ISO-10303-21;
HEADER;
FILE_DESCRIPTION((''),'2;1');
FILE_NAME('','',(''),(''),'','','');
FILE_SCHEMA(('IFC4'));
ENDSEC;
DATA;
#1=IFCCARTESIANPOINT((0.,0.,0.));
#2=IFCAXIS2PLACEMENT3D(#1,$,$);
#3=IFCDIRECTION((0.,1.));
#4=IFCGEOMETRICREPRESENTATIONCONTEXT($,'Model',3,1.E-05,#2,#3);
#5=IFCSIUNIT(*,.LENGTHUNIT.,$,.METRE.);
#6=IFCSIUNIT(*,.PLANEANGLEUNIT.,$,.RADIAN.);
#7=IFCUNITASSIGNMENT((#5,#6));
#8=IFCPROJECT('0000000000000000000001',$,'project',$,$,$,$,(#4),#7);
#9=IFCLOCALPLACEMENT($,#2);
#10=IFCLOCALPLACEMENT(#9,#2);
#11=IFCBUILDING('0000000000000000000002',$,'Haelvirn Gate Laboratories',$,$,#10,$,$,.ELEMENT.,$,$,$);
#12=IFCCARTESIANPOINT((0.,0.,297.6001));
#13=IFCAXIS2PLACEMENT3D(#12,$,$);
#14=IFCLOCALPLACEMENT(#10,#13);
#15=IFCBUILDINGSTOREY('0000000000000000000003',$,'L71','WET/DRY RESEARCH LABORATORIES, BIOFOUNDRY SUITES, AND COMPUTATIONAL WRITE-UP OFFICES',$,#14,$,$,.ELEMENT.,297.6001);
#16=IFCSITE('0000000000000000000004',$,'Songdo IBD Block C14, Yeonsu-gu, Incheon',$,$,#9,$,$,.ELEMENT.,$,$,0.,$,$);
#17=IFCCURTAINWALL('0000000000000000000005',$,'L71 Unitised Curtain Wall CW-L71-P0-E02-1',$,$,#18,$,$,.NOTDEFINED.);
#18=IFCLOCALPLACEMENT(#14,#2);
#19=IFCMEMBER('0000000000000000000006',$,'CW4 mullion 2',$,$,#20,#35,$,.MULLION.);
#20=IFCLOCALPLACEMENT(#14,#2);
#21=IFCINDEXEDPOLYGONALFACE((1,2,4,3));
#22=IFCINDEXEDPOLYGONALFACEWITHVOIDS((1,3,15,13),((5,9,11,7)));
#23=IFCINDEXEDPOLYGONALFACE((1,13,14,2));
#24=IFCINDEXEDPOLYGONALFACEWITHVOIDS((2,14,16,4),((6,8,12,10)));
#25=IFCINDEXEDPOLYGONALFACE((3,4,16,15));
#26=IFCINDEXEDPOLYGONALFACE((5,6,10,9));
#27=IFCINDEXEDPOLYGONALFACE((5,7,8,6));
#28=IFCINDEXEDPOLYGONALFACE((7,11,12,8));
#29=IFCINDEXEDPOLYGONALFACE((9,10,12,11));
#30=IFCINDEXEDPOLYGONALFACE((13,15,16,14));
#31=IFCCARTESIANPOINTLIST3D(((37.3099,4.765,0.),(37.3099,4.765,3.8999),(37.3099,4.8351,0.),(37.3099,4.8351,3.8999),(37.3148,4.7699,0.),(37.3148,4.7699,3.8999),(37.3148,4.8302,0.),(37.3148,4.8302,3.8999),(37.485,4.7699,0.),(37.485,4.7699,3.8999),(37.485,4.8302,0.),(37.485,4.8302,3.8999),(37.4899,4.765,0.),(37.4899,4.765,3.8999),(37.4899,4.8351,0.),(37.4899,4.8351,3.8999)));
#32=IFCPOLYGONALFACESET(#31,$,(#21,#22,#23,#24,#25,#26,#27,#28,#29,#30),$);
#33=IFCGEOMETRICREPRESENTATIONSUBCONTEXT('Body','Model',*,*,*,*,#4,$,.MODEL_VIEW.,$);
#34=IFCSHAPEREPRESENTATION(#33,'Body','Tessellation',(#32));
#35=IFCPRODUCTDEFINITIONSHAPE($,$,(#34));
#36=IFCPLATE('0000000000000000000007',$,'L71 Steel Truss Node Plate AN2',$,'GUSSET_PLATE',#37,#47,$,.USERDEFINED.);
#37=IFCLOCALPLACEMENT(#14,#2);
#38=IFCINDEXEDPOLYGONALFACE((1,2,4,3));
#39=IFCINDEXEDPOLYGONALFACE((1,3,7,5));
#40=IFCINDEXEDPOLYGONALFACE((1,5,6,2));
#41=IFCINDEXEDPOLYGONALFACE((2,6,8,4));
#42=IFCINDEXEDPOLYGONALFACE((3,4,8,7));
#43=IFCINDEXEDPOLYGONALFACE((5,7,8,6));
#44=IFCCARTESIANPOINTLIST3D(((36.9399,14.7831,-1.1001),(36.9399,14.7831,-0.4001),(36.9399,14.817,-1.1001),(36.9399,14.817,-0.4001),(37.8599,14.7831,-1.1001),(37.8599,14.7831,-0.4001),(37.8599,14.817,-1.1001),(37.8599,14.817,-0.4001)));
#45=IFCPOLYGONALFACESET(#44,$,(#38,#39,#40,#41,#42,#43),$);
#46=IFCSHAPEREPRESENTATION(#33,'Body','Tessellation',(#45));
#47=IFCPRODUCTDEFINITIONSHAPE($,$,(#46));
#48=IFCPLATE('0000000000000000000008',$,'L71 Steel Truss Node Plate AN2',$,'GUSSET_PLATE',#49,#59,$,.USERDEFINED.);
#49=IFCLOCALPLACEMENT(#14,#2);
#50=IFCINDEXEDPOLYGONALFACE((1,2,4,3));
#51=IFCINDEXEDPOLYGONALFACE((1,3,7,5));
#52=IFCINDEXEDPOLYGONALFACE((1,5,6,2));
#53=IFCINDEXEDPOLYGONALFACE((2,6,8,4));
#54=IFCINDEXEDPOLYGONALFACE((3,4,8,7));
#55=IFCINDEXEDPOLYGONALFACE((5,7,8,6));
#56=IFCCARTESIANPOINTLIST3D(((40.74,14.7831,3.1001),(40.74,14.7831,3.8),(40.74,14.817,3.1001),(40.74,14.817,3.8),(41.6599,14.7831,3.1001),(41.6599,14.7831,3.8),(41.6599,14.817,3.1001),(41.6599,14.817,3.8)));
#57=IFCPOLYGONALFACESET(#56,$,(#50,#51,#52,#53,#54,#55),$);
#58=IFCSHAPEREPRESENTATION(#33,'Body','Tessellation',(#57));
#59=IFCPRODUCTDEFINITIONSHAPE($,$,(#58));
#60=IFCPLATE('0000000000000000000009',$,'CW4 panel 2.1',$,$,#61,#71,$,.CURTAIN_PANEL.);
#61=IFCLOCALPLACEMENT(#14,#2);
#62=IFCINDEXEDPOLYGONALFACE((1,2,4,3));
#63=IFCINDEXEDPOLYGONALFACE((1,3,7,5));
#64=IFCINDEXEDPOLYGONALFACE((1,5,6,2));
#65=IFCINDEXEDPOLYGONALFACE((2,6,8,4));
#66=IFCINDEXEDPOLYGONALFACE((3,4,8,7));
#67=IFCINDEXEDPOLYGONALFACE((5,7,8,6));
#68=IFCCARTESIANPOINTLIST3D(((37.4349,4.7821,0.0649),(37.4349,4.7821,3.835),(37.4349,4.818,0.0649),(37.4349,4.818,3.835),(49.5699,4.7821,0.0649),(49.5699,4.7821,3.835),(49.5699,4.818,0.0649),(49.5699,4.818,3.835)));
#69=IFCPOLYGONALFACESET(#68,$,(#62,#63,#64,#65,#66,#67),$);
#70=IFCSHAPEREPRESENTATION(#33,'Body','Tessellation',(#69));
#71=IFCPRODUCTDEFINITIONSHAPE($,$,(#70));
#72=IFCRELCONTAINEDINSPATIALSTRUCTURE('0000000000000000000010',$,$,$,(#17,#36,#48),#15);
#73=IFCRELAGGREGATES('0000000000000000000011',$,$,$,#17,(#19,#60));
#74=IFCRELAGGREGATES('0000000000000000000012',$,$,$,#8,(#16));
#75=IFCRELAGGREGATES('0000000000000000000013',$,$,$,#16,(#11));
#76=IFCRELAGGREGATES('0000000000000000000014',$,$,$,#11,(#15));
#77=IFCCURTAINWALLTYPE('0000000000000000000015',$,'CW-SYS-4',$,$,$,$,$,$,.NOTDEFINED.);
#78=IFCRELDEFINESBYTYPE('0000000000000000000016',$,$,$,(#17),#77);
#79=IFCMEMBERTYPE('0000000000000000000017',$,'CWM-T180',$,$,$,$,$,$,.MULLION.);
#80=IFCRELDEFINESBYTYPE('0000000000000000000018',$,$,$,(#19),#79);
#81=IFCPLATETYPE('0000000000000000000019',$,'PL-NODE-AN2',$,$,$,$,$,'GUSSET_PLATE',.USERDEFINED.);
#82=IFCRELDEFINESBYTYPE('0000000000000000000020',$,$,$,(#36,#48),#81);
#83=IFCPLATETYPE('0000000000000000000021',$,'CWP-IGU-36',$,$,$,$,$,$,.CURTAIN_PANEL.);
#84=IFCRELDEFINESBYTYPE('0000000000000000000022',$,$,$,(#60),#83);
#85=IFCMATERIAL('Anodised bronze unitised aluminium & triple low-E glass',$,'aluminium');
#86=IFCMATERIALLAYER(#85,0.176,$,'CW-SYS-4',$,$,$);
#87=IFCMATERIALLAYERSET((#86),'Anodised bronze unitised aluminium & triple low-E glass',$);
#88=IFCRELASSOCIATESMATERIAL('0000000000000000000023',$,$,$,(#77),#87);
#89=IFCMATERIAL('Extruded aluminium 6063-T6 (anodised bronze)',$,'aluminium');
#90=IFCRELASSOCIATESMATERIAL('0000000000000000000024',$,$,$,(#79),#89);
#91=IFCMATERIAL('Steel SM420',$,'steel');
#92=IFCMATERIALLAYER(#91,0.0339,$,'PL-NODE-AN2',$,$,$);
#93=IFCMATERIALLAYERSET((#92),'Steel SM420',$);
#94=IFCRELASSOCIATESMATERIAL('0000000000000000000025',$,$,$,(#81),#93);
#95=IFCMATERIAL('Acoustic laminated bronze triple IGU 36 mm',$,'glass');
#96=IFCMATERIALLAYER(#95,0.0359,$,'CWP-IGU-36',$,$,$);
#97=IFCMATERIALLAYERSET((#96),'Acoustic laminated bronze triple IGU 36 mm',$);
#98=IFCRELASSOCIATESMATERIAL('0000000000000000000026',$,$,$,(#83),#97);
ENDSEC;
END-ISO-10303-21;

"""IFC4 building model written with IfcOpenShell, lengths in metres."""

from ifc_helpers import new_model, si_unit, direction, frame, origin, origin_2d, place, context, subcontext, project, spatial, rectangle, hollow_rectangle, extrude, source, transform, mapped, material, layer, layer_set, material_profile, profile_set, type_object, type_shapes, element, aggregate, save


model = new_model("IFC4")

# Units and contexts
model_context = context("Model", 3, precision=1e-05, world=origin(), true_north=direction((0.0, 1.0)))
body_context = subcontext(model_context, "Body", "Model", "MODEL_VIEW")
ifc_project = project(units=[si_unit("LENGTHUNIT", "METRE"), si_unit("PLANEANGLEUNIT", "RADIAN")], contexts=[model_context])

# Site, building, storey
site_placement = place(None, origin())
site = spatial("IfcSite", under=ifc_project, at=site_placement, Name="Songdo IBD Block C14, Yeonsu-gu, Incheon", CompositionType="ELEMENT", RefElevation=0.0)
building_placement = place(site_placement, origin())
building = spatial("IfcBuilding", under=site, at=building_placement, Name="Haelvirn Gate Laboratories", CompositionType="ELEMENT")
storey_placement = place(building_placement, frame((0.0, 0.0, 297.6001)))
storey = spatial("IfcBuildingStorey", under=building, at=storey_placement, Name="L71", Description="WET/DRY RESEARCH LABORATORIES, BIOFOUNDRY SUITES, AND COMPUTATIONAL WRITE-UP OFFICES", CompositionType="ELEMENT", Elevation=297.6001)

# Shared definitions
ifc_material_1 = material(Name="Steel SM420", Category="steel")

# Curtain wall, member
ifc_material_2 = material(Name="Anodised bronze unitised aluminium & triple low-E glass", Category="aluminium")
ifc_layer_1 = layer(ifc_material_2, 0.176, Name="CW-SYS-4")
ifc_layer_set_1 = layer_set([ifc_layer_1], Name="Anodised bronze unitised aluminium & triple low-E glass")
curtain_wall_type = type_object("IfcCurtainWallType", Name="CW-SYS-4", PredefinedType="NOTDEFINED", material=ifc_layer_set_1)
curtain_wall_placement = place(storey_placement, origin())
curtain_wall = element("IfcCurtainWall", 1, at=curtain_wall_placement, inside=storey, type_object=curtain_wall_type, Name="L71 Unitised Curtain Wall CW-L71-P0-E02-1", PredefinedType="NOTDEFINED")
ifc_material_3 = material(Name="Extruded aluminium 6063-T6 (anodised bronze)", Category="aluminium")
ifc_material_profile_1 = material_profile(ifc_material_3, hollow_rectangle(XDim=0.0701, YDim=0.1799, WallThickness=0.0049, at=origin_2d()), Name="CWM-180x70x5")
ifc_profile_set_1 = profile_set([ifc_material_profile_1], Name="Extruded aluminium 6063-T6 (anodised bronze)")
member_type_1 = type_object("IfcMemberType", Name="CWM-T180", PredefinedType="MULLION", material=ifc_profile_set_1)
shared_shape_1 = source(origin(), body_context, "Body", "SweptSolid", [
    extrude(hollow_rectangle(XDim=0.0701, YDim=0.1799, WallThickness=0.0049, at=origin_2d()), origin(), (0.0, 0.0, 1.0), 3.8999),
])
type_shapes(member_type_1, [shared_shape_1])
member_1_placement = place(storey_placement, frame((37.3999, 4.8, 0.0), z_axis=(0.0, 0.0, 1.0), x_axis=(0.0, 1.0, 0.0)))
member_1 = element("IfcMember", 2, at=member_1_placement, type_object=member_type_1, Name="CW4 mullion 2", PredefinedType="MULLION", context=body_context, shape_type="MappedRepresentation", body=[
    mapped(shared_shape_1, transform((0.0, 0.0, 0.0), scale=1.0)),
])

# Plates
ifc_layer_2 = layer(ifc_material_1, 0.0339, Name="PL-NODE-AN2")
ifc_layer_set_2 = layer_set([ifc_layer_2], Name="Steel SM420")
plate_type_1 = type_object("IfcPlateType", Name="PL-NODE-AN2", ElementType="GUSSET_PLATE", PredefinedType="USERDEFINED", material=ifc_layer_set_2)
shared_shape_2 = source(origin(), body_context, "Body", "SweptSolid", [
    extrude(rectangle(XDim=0.9199, YDim=0.0339, at=origin_2d()), origin(), (0.0, 0.0, 1.0), 0.7),
])
type_shapes(plate_type_1, [shared_shape_2])
for number, where, z_axis, x_axis, name in (
    (3, (37.3999, 14.8, -1.1001), (0.0, 0.0, 1.0), (1.0, 0.0, 0.0), "L71 Steel Truss Node Plate AN2"),
    (4, (41.2, 14.8, 3.1001), (0.0, 0.0, 1.0), (1.0, 0.0, 0.0), "L71 Steel Truss Node Plate AN2"),
):
    element("IfcPlate", number, at=place(storey_placement, frame(where, z_axis=z_axis, x_axis=x_axis)), inside=storey, type_object=plate_type_1, Name=name, ObjectType="GUSSET_PLATE", PredefinedType="USERDEFINED", context=body_context, shape_type="MappedRepresentation", body=[
        mapped(shared_shape_2, transform((0.0, 0.0, 0.0), scale=1.0)),
    ])

# Plate
ifc_material_4 = material(Name="Acoustic laminated bronze triple IGU 36 mm", Category="glass")
ifc_layer_3 = layer(ifc_material_4, 0.0359, Name="CWP-IGU-36")
ifc_layer_set_3 = layer_set([ifc_layer_3], Name="Acoustic laminated bronze triple IGU 36 mm")
plate_type_2 = type_object("IfcPlateType", Name="CWP-IGU-36", PredefinedType="CURTAIN_PANEL", material=ifc_layer_set_3)
shared_shape_3 = source(origin(), body_context, "Body", "SweptSolid", [
    extrude(rectangle(XDim=12.135, YDim=0.0359, at=origin_2d()), origin(), (0.0, 0.0, 1.0), 3.77),
])
type_shapes(plate_type_2, [shared_shape_3])
plate_placement = place(storey_placement, frame((43.5024, 4.8, 0.0649), z_axis=(0.0, 0.0, 1.0), x_axis=(1.0, 0.0, 0.0)))
plate = element("IfcPlate", 5, at=plate_placement, type_object=plate_type_2, Name="CW4 panel 2.1", PredefinedType="CURTAIN_PANEL", context=body_context, shape_type="MappedRepresentation", body=[
    mapped(shared_shape_3, transform((0.0, 0.0, 0.0), scale=1.0)),
])
aggregate(curtain_wall, [member_1, plate])

save(model, "model.ifc")
